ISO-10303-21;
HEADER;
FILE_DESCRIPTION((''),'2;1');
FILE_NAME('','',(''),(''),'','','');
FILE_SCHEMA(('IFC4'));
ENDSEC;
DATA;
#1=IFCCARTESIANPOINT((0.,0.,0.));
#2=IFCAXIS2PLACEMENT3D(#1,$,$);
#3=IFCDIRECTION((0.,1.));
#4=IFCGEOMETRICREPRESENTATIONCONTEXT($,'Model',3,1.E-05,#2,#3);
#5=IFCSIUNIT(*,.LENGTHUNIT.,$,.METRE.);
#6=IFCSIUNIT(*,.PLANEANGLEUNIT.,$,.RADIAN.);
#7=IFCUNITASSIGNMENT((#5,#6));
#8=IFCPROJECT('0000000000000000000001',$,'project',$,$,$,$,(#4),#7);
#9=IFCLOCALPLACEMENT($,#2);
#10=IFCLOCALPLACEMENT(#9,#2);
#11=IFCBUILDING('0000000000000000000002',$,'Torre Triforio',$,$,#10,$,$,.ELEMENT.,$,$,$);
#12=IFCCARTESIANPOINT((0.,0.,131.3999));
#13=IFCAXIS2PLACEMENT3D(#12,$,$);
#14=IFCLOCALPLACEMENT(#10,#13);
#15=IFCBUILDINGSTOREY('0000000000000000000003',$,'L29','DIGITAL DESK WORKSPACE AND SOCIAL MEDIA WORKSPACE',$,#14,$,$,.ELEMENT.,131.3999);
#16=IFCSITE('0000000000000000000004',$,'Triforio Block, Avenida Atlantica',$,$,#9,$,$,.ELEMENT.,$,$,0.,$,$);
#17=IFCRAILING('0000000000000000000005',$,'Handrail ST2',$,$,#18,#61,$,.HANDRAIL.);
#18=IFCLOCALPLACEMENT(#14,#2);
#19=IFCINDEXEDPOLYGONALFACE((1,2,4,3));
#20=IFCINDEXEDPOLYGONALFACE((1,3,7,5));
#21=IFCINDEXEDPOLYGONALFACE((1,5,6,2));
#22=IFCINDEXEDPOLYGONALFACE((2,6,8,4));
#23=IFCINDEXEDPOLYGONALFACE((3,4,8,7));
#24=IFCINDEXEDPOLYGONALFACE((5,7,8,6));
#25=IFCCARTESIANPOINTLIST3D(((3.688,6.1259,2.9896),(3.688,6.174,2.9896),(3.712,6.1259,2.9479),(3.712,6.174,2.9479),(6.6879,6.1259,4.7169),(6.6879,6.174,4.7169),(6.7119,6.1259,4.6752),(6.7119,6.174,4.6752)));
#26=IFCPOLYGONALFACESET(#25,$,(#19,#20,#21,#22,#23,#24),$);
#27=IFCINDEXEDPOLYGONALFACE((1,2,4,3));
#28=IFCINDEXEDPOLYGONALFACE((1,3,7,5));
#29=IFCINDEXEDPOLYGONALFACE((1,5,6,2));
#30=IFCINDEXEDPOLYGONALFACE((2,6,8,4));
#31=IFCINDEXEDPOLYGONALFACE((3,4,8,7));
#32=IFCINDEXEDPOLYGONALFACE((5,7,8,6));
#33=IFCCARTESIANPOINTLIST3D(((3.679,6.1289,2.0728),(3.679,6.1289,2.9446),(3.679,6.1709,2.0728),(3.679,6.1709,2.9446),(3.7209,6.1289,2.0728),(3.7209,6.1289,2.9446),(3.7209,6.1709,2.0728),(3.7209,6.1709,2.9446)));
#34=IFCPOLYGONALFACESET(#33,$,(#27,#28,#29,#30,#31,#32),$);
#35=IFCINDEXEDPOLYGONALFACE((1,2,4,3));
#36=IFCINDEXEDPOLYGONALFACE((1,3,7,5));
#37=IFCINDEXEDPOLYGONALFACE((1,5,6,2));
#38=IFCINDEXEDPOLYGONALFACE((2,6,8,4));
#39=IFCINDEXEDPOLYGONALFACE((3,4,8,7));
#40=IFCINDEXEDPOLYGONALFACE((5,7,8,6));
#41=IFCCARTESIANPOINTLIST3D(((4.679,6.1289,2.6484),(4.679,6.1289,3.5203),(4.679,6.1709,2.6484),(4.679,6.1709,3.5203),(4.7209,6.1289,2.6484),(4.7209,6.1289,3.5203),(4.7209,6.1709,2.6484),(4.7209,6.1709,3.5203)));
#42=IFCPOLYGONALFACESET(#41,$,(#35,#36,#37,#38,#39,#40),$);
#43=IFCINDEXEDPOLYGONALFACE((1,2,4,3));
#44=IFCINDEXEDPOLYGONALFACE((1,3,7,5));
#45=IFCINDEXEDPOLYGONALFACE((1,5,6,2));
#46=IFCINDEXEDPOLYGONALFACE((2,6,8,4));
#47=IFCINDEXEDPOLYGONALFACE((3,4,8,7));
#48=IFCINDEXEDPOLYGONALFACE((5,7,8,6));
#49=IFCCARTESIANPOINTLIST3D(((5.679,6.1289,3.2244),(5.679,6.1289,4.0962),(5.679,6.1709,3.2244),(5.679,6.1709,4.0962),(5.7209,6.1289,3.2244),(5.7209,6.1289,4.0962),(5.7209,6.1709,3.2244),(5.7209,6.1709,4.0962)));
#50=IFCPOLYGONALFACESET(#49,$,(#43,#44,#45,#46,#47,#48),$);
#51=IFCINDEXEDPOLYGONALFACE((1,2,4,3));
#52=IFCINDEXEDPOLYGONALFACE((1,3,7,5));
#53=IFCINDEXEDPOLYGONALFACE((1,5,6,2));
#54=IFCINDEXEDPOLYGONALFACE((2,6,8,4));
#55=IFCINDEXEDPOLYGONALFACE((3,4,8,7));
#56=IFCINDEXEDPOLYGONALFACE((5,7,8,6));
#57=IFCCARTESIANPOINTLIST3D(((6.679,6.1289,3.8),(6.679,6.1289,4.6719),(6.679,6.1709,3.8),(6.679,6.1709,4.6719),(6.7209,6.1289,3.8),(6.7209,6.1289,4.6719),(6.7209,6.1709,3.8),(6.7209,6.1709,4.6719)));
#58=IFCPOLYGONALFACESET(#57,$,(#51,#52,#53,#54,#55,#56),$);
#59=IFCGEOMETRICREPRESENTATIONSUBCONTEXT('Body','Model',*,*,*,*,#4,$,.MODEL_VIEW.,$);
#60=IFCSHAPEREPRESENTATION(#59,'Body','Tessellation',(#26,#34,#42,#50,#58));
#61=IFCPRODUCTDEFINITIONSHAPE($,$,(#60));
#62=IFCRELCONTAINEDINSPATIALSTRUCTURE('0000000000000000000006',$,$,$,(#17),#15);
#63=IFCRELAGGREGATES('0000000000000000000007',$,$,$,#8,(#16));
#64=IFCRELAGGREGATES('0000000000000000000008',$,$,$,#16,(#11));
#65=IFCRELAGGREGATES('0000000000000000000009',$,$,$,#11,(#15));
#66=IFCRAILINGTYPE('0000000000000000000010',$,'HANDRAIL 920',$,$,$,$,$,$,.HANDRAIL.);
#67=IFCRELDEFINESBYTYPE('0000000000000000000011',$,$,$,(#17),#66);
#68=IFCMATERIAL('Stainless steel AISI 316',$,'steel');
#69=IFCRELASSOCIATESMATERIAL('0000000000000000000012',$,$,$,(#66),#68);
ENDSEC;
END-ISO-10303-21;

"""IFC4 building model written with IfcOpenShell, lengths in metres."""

from ifc_helpers import new_model, si_unit, direction, frame, origin, origin_2d, place, context, subcontext, project, spatial, rectangle, extrude, material, type_object, element, save


model = new_model("IFC4")

# Units and contexts
model_context = context("Model", 3, precision=1e-05, world=origin(), true_north=direction((0.0, 1.0)))
body_context = subcontext(model_context, "Body", "Model", "MODEL_VIEW")
ifc_project = project(units=[si_unit("LENGTHUNIT", "METRE"), si_unit("PLANEANGLEUNIT", "RADIAN")], contexts=[model_context])

# Site, building, storey
site_placement = place(None, origin())
site = spatial("IfcSite", under=ifc_project, at=site_placement, Name="Triforio Block, Avenida Atlantica", CompositionType="ELEMENT", RefElevation=0.0)
building_placement = place(site_placement, origin())
building = spatial("IfcBuilding", under=site, at=building_placement, Name="Torre Triforio", CompositionType="ELEMENT")
storey_placement = place(building_placement, frame((0.0, 0.0, 131.3999)))
storey = spatial("IfcBuildingStorey", under=building, at=storey_placement, Name="L29", Description="DIGITAL DESK WORKSPACE AND SOCIAL MEDIA WORKSPACE", CompositionType="ELEMENT", Elevation=131.3999)

# Railing
ifc_material_1 = material(Name="Stainless steel AISI 316", Category="steel")
railing_type = type_object("IfcRailingType", Name="HANDRAIL 920", PredefinedType="HANDRAIL", material=ifc_material_1)
for number, where, name in (
    (1, (3.7, 6.1499, 2.0728), "Handrail ST2"),
):
    element("IfcRailing", number, at=place(storey_placement, frame(where)), inside=storey, type_object=railing_type, Name=name, PredefinedType="HANDRAIL", context=body_context, shape_type="SweptSolid", body=[
        extrude(rectangle(XDim=0.0481, YDim=0.0481, at=origin_2d()), frame((0.0, 0.0, 0.896), z_axis=(0.86662, 0.0, 0.498969), x_axis=(0.0, 1.0, 0.0)), (0.0, 0.0, 1.0), 3.4617),
        extrude(rectangle(XDim=0.042, YDim=0.042, at=origin_2d()), origin(), (0.0, 0.0, 1.0), 0.8718),
        extrude(rectangle(XDim=0.042, YDim=0.042, at=origin_2d()), frame((1.0, 0.0, 0.5757)), (0.0, 0.0, 1.0), 0.8718),
        extrude(rectangle(XDim=0.042, YDim=0.042, at=origin_2d()), frame((2.0, 0.0, 1.1516)), (0.0, 0.0, 1.0), 0.8718),
        extrude(rectangle(XDim=0.042, YDim=0.042, at=origin_2d()), frame((3.0, 0.0, 1.7273)), (0.0, 0.0, 1.0), 0.8718),
    ])

save(model, "model.ifc")
